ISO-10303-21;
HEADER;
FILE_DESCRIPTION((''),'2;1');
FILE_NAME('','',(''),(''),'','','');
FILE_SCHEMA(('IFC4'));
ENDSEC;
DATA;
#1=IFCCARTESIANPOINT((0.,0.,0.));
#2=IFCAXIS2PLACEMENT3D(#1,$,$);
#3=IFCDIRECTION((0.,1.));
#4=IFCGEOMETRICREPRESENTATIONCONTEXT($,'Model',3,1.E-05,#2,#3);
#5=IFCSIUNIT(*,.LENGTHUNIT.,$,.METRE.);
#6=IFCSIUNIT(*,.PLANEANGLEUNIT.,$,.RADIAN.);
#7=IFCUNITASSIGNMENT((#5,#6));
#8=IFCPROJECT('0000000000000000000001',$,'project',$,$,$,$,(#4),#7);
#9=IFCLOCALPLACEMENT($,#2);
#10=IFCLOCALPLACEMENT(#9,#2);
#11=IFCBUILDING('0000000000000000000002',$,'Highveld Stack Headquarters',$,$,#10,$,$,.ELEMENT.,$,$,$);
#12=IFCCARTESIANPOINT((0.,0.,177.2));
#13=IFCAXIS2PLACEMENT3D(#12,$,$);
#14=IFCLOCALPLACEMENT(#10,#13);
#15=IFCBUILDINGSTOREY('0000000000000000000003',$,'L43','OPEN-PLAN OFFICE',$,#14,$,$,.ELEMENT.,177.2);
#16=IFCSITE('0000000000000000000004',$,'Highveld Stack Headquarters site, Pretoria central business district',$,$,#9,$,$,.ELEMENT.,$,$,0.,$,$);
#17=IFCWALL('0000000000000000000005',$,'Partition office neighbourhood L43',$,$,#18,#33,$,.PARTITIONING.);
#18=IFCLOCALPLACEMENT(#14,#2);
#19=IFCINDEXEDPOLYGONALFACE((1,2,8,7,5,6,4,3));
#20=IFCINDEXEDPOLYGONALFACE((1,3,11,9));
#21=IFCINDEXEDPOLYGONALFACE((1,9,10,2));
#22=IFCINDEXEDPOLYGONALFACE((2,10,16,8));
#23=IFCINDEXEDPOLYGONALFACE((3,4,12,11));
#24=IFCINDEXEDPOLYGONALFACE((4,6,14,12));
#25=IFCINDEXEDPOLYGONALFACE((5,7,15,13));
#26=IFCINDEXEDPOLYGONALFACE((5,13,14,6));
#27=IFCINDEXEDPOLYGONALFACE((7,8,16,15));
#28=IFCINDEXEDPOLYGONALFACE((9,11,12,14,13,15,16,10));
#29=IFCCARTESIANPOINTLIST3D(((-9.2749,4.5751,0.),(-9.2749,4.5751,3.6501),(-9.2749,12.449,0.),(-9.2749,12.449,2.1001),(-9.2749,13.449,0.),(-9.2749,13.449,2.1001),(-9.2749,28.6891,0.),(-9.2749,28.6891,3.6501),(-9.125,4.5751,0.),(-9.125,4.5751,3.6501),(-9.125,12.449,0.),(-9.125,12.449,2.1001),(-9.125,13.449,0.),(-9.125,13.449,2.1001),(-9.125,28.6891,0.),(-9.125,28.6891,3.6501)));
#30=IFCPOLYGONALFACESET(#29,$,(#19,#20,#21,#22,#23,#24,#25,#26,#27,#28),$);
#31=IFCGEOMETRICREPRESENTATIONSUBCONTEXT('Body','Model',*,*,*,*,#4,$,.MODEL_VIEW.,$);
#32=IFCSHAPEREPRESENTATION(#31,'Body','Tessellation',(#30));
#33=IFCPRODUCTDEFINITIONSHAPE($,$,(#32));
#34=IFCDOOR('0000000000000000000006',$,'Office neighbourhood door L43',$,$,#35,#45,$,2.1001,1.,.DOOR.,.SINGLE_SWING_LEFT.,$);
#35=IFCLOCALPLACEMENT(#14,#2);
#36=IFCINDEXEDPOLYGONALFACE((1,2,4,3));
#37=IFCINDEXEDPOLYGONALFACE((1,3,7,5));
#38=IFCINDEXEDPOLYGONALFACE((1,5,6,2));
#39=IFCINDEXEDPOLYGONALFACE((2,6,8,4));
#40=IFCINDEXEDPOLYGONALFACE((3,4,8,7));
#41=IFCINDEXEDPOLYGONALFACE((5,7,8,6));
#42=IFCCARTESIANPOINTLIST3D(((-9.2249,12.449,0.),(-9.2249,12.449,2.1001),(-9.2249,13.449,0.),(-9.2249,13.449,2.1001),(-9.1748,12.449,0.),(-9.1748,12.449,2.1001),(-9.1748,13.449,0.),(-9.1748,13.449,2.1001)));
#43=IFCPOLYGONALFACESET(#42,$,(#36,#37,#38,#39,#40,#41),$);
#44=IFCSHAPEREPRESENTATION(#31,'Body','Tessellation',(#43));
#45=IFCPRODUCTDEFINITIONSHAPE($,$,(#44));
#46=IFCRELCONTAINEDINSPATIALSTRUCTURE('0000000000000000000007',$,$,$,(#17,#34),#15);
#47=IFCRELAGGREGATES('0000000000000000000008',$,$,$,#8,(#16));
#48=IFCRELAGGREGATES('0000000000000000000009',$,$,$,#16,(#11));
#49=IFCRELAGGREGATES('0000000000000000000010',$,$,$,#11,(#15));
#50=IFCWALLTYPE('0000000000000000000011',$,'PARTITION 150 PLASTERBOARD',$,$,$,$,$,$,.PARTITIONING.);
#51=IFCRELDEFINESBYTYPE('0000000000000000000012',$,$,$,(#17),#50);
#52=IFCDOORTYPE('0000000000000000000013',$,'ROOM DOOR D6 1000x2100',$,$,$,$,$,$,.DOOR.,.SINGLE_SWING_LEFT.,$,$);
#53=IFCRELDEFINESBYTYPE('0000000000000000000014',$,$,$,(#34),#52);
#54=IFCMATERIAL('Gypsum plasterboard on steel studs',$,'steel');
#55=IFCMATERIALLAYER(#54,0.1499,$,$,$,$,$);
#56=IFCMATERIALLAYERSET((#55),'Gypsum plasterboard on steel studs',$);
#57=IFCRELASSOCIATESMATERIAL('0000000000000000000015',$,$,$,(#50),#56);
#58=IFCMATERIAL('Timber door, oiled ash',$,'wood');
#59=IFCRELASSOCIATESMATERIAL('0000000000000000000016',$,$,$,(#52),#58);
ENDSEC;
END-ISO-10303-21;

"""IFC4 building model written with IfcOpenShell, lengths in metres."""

from ifc_helpers import new_model, si_unit, direction, frame, frame_2d, origin, place, context, subcontext, project, spatial, rectangle, extrude, material, layer, layer_set, type_object, element, fill, save


model = new_model("IFC4")

# Units and contexts
model_context = context("Model", 3, precision=1e-05, world=origin(), true_north=direction((0.0, 1.0)))
body_context = subcontext(model_context, "Body", "Model", "MODEL_VIEW")
ifc_project = project(units=[si_unit("LENGTHUNIT", "METRE"), si_unit("PLANEANGLEUNIT", "RADIAN")], contexts=[model_context])

# Site, building, storey
site_placement = place(None, origin())
site = spatial("IfcSite", under=ifc_project, at=site_placement, Name="Highveld Stack Headquarters site, Pretoria central business district", CompositionType="ELEMENT", RefElevation=0.0)
building_placement = place(site_placement, origin())
building = spatial("IfcBuilding", under=site, at=building_placement, Name="Highveld Stack Headquarters", CompositionType="ELEMENT")
storey_placement = place(building_placement, frame((0.0, 0.0, 177.2)))
storey = spatial("IfcBuildingStorey", under=building, at=storey_placement, Name="L43", Description="OPEN-PLAN OFFICE", CompositionType="ELEMENT", Elevation=177.2)

# Shared definitions
ifc_material_1 = material(Name="Gypsum plasterboard on steel studs", Category="steel")
ifc_layer_1 = layer(ifc_material_1, 0.1499)
ifc_layer_set_1 = layer_set([ifc_layer_1], Name="Gypsum plasterboard on steel studs")
wall_type_1 = type_object("IfcWallType", Name="PARTITION 150 PLASTERBOARD", PredefinedType="PARTITIONING", material=ifc_layer_set_1)

# Wall, opening, door
wall_1_placement = place(storey_placement, frame((-9.2, 4.575, 0.0), z_axis=(0.0, 0.0, 1.0), x_axis=(0.0, 1.0, 0.0)))
wall_1 = element("IfcWall", 1, at=wall_1_placement, inside=storey, type_object=wall_type_1, Name="Partition office neighbourhood L43", PredefinedType="PARTITIONING", context=body_context, shape_type="SweptSolid", body=[
    extrude(rectangle(XDim=24.114, YDim=0.1499, at=frame_2d((12.0571, 0.0))), origin(), (0.0, 0.0, 1.0), 3.6501),
])
opening_1_placement = place(wall_1_placement, frame((7.874, 0.0, 0.0)))
opening_1 = element("IfcOpeningElement", 2, at=opening_1_placement, cuts=wall_1, PredefinedType="OPENING", context=body_context, shape_type="SweptSolid", body=[
    extrude(rectangle(XDim=1.0, YDim=2.1001, at=frame_2d((0.5, 1.05))), frame((0.0, 0.085, 0.0), z_axis=(0.0, -1.0, 0.0), x_axis=(1.0, 0.0, 0.0)), (0.0, 0.0, 1.0), 0.1699),
])
ifc_material_2 = material(Name="Timber door, oiled ash", Category="wood")
door_type_1 = type_object("IfcDoorType", Name="ROOM DOOR D6 1000x2100", OperationType="SINGLE_SWING_LEFT", PredefinedType="DOOR", material=ifc_material_2)
door_1_placement = place(opening_1_placement, origin())
door_1 = element("IfcDoor", 3, at=door_1_placement, inside=storey, type_object=door_type_1, Name="Office neighbourhood door L43", OperationType="SINGLE_SWING_LEFT", OverallHeight=2.1001, OverallWidth=1.0, PredefinedType="DOOR", context=body_context, shape_type="SweptSolid", body=[
    extrude(rectangle(XDim=1.0, YDim=2.1001, at=frame_2d((0.5, 1.05))), frame((0.0, 0.0249, 0.0), z_axis=(0.0, -1.0, 0.0), x_axis=(1.0, 0.0, 0.0)), (0.0, 0.0, 1.0), 0.05),
])
fill(opening_1, door_1)

save(model, "model.ifc")
